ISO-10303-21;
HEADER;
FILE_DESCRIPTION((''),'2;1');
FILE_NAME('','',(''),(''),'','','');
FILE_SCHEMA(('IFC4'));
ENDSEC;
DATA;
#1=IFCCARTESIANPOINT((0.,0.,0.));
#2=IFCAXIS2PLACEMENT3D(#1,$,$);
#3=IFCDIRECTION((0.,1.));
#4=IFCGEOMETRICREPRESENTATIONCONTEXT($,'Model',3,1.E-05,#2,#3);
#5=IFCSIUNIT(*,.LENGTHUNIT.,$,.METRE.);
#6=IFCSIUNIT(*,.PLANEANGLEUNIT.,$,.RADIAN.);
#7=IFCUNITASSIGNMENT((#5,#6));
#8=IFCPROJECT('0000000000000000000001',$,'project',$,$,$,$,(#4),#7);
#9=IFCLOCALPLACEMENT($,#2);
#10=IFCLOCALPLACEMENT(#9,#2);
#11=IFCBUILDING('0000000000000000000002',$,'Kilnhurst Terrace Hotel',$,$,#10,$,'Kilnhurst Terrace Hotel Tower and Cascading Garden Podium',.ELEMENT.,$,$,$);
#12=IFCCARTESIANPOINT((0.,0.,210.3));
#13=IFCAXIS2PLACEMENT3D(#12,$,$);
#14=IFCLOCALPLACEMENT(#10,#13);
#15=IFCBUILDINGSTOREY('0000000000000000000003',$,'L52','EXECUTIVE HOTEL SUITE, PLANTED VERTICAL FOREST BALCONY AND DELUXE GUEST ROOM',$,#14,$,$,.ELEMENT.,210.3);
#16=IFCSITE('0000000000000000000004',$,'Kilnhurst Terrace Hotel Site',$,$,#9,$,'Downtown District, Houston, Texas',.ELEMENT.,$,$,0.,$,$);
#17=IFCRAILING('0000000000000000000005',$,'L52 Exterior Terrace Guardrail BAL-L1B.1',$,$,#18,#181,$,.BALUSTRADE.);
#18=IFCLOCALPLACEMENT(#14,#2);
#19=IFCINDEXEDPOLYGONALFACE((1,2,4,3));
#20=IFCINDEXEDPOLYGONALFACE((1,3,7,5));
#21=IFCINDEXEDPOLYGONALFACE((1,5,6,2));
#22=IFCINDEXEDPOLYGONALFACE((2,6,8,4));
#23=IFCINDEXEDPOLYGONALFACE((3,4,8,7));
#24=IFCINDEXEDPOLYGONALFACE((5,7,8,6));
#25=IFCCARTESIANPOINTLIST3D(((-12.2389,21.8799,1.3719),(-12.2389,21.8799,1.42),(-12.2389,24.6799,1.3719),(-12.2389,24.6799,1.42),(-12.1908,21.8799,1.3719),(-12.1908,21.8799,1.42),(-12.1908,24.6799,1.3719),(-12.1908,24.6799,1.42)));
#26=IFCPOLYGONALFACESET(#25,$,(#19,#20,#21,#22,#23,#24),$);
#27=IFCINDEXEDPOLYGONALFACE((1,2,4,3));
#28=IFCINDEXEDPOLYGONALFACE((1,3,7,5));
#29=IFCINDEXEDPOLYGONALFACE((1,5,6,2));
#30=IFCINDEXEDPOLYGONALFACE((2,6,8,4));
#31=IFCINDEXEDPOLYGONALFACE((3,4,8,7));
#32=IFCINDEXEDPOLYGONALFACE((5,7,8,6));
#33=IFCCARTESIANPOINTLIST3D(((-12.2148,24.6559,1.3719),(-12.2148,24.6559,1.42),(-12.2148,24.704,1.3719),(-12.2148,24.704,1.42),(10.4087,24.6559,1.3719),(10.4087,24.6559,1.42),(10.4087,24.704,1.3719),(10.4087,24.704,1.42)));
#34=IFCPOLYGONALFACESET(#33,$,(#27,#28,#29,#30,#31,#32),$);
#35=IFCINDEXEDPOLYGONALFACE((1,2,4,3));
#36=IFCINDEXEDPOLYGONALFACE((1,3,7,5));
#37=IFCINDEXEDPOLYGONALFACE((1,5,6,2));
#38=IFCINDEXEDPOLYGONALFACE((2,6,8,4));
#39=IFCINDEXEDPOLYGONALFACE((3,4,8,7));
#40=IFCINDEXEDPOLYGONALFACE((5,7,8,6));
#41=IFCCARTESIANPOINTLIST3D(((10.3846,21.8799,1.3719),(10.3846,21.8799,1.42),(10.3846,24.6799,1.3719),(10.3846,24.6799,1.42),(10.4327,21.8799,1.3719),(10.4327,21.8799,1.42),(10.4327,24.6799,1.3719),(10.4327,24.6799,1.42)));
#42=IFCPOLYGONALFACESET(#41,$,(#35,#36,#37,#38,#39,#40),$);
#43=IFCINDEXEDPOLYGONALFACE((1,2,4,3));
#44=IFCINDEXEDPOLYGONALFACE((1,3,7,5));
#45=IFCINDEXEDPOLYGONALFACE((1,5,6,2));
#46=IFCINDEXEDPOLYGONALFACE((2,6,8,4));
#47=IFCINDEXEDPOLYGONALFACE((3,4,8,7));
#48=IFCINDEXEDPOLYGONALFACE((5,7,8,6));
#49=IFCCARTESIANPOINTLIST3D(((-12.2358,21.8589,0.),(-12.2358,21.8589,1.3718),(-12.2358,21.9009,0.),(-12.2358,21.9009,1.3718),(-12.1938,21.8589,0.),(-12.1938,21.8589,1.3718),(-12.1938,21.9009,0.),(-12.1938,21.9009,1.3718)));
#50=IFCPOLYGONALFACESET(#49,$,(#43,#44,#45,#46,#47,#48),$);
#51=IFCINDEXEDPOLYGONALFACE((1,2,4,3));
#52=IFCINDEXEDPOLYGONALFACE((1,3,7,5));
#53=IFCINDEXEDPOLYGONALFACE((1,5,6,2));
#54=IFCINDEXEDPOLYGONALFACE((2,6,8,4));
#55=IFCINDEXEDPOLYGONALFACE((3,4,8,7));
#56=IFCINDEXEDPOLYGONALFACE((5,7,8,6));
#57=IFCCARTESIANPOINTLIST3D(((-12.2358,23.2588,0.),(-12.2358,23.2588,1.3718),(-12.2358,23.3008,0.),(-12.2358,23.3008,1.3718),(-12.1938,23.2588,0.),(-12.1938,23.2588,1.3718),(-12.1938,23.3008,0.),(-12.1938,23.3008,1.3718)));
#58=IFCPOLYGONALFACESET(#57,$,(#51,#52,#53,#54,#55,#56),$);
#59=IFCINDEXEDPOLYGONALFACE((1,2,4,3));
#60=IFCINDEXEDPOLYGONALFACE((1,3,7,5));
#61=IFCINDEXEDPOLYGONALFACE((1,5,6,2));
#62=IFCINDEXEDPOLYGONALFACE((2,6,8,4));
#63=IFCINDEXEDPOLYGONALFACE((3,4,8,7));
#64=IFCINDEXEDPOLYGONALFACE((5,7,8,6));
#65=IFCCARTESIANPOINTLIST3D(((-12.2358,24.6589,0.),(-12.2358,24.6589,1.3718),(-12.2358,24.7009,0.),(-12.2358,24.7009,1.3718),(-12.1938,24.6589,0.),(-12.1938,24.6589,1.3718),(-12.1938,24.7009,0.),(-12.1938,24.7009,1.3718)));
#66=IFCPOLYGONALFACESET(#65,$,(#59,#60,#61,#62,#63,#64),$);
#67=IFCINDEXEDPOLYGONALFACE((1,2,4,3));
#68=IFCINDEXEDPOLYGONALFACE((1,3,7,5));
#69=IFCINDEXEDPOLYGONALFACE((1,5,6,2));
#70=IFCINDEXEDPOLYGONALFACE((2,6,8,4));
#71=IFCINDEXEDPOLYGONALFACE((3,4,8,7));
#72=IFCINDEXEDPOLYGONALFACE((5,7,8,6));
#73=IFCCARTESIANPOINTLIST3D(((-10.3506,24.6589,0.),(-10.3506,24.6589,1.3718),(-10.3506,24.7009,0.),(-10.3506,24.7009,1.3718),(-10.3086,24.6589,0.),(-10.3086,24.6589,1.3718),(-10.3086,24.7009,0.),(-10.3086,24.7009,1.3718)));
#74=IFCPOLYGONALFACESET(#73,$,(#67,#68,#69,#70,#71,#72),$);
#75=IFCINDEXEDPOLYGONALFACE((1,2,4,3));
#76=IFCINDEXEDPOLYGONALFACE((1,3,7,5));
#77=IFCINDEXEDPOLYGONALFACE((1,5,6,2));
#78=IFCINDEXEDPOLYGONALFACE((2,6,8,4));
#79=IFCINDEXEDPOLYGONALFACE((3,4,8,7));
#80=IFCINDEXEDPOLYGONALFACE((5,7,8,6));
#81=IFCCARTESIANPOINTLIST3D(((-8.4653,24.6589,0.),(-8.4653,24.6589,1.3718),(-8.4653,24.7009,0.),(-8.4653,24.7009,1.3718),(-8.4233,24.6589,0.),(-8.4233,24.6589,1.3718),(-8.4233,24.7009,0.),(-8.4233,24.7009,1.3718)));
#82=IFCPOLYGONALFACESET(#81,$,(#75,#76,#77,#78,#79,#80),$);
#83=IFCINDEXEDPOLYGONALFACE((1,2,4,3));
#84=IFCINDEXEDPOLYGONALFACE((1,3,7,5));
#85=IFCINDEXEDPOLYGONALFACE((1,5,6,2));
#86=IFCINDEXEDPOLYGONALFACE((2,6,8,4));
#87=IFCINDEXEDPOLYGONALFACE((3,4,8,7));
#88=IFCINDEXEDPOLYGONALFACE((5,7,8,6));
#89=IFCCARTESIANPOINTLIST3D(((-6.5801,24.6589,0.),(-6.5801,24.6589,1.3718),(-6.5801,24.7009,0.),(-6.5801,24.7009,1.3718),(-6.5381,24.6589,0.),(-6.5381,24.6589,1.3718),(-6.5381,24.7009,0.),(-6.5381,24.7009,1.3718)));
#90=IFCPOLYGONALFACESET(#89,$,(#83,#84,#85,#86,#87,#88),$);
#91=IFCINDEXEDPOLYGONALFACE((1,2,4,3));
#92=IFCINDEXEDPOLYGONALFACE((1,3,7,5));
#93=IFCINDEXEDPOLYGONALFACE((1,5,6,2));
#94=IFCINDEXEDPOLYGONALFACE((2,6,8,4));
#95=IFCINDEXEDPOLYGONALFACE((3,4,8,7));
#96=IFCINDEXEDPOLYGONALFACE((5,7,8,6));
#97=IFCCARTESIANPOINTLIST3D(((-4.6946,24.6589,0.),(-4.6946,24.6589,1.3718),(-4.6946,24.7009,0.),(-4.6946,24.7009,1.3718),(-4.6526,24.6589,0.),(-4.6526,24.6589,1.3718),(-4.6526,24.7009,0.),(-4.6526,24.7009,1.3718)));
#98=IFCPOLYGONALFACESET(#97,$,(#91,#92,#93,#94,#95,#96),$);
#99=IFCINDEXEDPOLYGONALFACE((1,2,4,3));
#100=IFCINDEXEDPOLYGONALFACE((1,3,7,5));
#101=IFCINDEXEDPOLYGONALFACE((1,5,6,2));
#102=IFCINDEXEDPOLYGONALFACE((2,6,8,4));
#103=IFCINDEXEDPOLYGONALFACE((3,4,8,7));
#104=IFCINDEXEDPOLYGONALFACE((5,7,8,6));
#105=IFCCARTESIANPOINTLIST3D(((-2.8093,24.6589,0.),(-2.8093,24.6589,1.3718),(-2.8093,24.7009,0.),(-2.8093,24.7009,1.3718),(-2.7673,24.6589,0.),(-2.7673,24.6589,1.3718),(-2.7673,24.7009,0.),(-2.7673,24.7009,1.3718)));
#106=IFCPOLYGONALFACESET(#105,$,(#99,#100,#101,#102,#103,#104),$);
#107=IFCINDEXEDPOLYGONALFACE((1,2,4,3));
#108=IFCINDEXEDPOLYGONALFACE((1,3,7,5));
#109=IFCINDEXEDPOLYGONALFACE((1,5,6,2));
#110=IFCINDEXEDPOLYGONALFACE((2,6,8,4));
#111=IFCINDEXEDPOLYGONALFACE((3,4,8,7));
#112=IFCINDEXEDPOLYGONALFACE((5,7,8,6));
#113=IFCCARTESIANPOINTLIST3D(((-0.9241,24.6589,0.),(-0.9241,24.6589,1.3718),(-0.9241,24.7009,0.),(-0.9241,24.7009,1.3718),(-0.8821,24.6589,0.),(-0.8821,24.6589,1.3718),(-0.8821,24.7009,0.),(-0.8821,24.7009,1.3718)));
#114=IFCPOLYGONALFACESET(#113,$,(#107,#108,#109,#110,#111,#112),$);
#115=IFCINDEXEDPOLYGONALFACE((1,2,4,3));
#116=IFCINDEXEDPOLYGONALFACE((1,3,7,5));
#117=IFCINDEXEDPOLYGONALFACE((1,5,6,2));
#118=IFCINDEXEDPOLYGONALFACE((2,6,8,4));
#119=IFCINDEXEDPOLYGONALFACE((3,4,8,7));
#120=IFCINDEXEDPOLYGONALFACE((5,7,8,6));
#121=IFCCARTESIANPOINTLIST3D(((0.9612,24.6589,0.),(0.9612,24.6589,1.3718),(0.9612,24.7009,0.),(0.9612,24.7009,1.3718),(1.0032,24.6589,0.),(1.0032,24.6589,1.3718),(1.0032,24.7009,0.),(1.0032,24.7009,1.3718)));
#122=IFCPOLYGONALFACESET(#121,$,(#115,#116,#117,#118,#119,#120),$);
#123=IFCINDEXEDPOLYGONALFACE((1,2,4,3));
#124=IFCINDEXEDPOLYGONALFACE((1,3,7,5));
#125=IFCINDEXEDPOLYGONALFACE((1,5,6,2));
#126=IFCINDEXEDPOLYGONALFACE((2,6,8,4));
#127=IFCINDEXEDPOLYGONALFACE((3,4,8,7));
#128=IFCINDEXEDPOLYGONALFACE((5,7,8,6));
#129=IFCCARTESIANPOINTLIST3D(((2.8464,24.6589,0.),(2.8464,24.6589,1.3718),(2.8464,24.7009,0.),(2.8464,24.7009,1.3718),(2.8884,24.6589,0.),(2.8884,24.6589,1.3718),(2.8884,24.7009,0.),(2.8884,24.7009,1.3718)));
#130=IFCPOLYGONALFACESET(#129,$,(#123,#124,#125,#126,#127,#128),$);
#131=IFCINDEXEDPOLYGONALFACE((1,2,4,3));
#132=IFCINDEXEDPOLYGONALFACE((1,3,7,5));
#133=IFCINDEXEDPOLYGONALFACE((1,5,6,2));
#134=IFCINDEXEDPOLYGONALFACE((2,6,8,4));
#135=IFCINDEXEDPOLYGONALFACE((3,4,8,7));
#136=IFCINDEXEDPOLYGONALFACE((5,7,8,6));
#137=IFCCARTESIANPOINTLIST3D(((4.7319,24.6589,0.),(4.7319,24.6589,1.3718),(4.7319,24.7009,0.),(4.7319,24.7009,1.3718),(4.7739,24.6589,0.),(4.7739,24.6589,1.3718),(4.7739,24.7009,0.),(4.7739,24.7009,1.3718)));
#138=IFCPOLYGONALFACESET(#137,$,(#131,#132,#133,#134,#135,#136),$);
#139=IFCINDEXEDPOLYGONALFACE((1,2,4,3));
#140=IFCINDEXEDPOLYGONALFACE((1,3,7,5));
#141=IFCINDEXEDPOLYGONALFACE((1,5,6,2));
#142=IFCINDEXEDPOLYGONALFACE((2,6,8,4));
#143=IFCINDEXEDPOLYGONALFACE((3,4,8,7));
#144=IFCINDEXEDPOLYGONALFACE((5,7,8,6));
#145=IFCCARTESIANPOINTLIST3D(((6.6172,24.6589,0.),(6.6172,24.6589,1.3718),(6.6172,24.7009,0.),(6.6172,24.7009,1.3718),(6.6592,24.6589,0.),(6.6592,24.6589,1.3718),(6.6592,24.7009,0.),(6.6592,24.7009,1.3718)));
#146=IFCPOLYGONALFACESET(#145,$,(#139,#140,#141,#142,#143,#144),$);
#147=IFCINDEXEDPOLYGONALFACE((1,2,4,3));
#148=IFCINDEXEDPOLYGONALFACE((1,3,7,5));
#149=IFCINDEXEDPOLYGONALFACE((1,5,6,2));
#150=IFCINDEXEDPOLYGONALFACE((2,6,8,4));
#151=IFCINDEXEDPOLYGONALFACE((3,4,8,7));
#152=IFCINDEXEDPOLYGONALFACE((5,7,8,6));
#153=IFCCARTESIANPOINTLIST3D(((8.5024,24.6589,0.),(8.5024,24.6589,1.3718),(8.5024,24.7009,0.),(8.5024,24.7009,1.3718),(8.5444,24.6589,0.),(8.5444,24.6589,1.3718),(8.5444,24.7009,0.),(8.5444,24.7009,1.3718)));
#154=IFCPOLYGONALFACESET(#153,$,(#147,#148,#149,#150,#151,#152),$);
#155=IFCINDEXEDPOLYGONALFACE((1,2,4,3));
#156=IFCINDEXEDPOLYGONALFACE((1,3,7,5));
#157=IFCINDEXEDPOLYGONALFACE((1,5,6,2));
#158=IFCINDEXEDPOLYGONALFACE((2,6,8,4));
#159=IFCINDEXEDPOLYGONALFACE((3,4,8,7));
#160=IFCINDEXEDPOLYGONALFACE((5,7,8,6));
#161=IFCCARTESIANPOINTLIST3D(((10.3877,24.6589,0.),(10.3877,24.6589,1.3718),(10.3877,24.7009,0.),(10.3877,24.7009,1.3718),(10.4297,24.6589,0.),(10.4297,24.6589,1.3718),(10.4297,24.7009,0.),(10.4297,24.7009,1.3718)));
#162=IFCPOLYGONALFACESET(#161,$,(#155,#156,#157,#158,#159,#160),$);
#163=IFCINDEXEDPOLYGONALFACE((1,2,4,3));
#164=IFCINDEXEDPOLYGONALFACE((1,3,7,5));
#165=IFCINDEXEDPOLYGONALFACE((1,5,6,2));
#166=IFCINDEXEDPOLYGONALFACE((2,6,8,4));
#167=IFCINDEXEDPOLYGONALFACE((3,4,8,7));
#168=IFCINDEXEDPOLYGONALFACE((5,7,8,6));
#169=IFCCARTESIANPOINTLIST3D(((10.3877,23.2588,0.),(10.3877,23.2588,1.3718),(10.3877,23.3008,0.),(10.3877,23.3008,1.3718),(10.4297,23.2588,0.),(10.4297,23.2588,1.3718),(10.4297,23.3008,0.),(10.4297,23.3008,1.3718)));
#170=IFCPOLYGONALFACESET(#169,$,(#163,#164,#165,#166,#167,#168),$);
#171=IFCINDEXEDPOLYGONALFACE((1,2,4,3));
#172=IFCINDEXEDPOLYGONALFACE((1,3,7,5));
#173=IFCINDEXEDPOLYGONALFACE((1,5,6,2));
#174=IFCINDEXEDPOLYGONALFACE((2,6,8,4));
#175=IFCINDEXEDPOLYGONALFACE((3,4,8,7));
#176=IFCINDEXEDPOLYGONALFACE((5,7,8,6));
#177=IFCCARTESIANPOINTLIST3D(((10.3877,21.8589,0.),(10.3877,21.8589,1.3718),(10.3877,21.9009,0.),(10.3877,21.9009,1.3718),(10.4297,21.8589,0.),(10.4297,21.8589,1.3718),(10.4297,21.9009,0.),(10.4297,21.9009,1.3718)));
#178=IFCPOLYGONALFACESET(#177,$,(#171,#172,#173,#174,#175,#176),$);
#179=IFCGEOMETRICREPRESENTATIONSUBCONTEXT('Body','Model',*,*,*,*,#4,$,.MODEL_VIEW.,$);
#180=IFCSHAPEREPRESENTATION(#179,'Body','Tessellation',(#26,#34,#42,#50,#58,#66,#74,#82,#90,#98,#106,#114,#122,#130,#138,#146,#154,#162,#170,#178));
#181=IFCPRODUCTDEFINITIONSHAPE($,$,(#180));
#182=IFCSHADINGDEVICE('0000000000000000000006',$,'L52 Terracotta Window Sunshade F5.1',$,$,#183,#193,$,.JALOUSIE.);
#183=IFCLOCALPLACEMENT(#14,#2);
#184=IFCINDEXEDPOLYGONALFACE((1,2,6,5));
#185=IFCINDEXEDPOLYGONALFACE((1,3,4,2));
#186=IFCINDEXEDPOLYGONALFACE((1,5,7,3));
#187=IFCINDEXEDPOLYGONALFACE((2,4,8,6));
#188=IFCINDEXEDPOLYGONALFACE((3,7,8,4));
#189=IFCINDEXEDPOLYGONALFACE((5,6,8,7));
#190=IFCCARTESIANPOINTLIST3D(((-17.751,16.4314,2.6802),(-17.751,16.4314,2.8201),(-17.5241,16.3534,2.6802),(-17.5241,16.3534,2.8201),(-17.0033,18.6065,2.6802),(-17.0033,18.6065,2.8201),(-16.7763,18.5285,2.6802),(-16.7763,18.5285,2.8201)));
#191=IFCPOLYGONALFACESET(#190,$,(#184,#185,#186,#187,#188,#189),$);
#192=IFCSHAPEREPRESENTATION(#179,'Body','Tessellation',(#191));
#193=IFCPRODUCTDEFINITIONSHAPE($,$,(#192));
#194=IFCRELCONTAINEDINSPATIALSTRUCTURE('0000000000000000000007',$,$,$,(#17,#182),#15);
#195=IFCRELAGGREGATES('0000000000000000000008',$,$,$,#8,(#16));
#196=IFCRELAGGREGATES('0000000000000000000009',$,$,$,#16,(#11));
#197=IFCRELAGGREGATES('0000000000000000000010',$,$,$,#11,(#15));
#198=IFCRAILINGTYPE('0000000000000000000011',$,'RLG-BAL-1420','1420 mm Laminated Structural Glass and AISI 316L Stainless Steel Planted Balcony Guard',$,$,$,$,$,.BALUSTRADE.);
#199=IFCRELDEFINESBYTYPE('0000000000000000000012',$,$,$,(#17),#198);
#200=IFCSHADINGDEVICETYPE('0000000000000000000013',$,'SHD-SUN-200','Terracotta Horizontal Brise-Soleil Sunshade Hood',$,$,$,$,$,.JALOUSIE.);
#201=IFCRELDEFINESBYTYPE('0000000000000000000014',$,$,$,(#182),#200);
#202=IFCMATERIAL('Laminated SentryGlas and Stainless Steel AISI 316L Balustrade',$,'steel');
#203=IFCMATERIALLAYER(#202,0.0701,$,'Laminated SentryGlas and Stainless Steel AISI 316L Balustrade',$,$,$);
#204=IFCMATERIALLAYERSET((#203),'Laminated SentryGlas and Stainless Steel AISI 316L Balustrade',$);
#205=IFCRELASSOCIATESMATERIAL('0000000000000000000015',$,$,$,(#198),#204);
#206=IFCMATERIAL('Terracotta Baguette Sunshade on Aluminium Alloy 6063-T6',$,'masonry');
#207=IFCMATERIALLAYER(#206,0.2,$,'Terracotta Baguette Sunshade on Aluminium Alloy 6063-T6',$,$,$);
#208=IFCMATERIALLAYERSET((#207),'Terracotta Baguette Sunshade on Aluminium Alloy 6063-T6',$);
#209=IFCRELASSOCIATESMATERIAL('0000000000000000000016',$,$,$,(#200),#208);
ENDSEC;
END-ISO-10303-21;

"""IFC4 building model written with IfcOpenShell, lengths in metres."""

from ifc_helpers import new_model, si_unit, direction, frame, origin, origin_2d, place, context, subcontext, project, spatial, rectangle, extrude, material, layer, layer_set, type_object, element, save


model = new_model("IFC4")

# Units and contexts
model_context = context("Model", 3, precision=1e-05, world=origin(), true_north=direction((0.0, 1.0)))
body_context = subcontext(model_context, "Body", "Model", "MODEL_VIEW")
ifc_project = project(units=[si_unit("LENGTHUNIT", "METRE"), si_unit("PLANEANGLEUNIT", "RADIAN")], contexts=[model_context])

# Site, building, storey
site_placement = place(None, origin())
site = spatial("IfcSite", under=ifc_project, at=site_placement, Name="Kilnhurst Terrace Hotel Site", LongName="Downtown District, Houston, Texas", CompositionType="ELEMENT", RefElevation=0.0)
building_placement = place(site_placement, origin())
building = spatial("IfcBuilding", under=site, at=building_placement, Name="Kilnhurst Terrace Hotel", LongName="Kilnhurst Terrace Hotel Tower and Cascading Garden Podium", CompositionType="ELEMENT")
storey_placement = place(building_placement, frame((0.0, 0.0, 210.3)))
storey = spatial("IfcBuildingStorey", under=building, at=storey_placement, Name="L52", Description="EXECUTIVE HOTEL SUITE, PLANTED VERTICAL FOREST BALCONY AND DELUXE GUEST ROOM", CompositionType="ELEMENT", Elevation=210.3)

# Railing
ifc_material_1 = material(Name="Laminated SentryGlas and Stainless Steel AISI 316L Balustrade", Category="steel")
ifc_layer_1 = layer(ifc_material_1, 0.0701, Name="Laminated SentryGlas and Stainless Steel AISI 316L Balustrade")
ifc_layer_set_1 = layer_set([ifc_layer_1], Name="Laminated SentryGlas and Stainless Steel AISI 316L Balustrade")
railing_type = type_object("IfcRailingType", Name="RLG-BAL-1420", Description="1420 mm Laminated Structural Glass and AISI 316L Stainless Steel Planted Balcony Guard", PredefinedType="BALUSTRADE", material=ifc_layer_set_1)
railing_placement = place(storey_placement, frame((-12.2148, 21.8799, 0.0)))
element("IfcRailing", 1, at=railing_placement, inside=storey, type_object=railing_type, Name="L52 Exterior Terrace Guardrail BAL-L1B.1", PredefinedType="BALUSTRADE", context=body_context, shape_type="SweptSolid", body=[
    extrude(rectangle(XDim=0.0481, YDim=0.0481, at=origin_2d()), frame((0.0, 0.0, 1.396), z_axis=(0.0, 1.0, 0.0), x_axis=(-1.0, 0.0, 0.0)), (0.0, 0.0, 1.0), 2.8),
    extrude(rectangle(XDim=0.0481, YDim=0.0481, at=origin_2d()), frame((0.0, 2.8, 1.396), z_axis=(1.0, 0.0, 0.0), x_axis=(0.0, 1.0, 0.0)), (0.0, 0.0, 1.0), 22.6235),
    extrude(rectangle(XDim=0.0481, YDim=0.0481, at=origin_2d()), frame((22.6235, 2.8, 1.396), z_axis=(0.0, -1.0, 0.0), x_axis=(1.0, 0.0, 0.0)), (0.0, 0.0, 1.0), 2.8),
    extrude(rectangle(XDim=0.042, YDim=0.042, at=origin_2d()), origin(), (0.0, 0.0, 1.0), 1.3718),
    extrude(rectangle(XDim=0.042, YDim=0.042, at=origin_2d()), frame((0.0, 1.3999, 0.0)), (0.0, 0.0, 1.0), 1.3718),
    extrude(rectangle(XDim=0.042, YDim=0.042, at=origin_2d()), frame((0.0, 2.8, 0.0)), (0.0, 0.0, 1.0), 1.3718),
    extrude(rectangle(XDim=0.042, YDim=0.042, at=origin_2d()), frame((1.8853, 2.8, 0.0)), (0.0, 0.0, 1.0), 1.3718),
    extrude(rectangle(XDim=0.042, YDim=0.042, at=origin_2d()), frame((3.7705, 2.8, 0.0)), (0.0, 0.0, 1.0), 1.3718),
    extrude(rectangle(XDim=0.042, YDim=0.042, at=origin_2d()), frame((5.6558, 2.8, 0.0)), (0.0, 0.0, 1.0), 1.3718),
    extrude(rectangle(XDim=0.042, YDim=0.042, at=origin_2d()), frame((7.5413, 2.8, 0.0)), (0.0, 0.0, 1.0), 1.3718),
    extrude(rectangle(XDim=0.042, YDim=0.042, at=origin_2d()), frame((9.4265, 2.8, 0.0)), (0.0, 0.0, 1.0), 1.3718),
    extrude(rectangle(XDim=0.042, YDim=0.042, at=origin_2d()), frame((11.3118, 2.8, 0.0)), (0.0, 0.0, 1.0), 1.3718),
    extrude(rectangle(XDim=0.042, YDim=0.042, at=origin_2d()), frame((13.197, 2.8, 0.0)), (0.0, 0.0, 1.0), 1.3718),
    extrude(rectangle(XDim=0.042, YDim=0.042, at=origin_2d()), frame((15.0823, 2.8, 0.0)), (0.0, 0.0, 1.0), 1.3718),
    extrude(rectangle(XDim=0.042, YDim=0.042, at=origin_2d()), frame((16.9678, 2.8, 0.0)), (0.0, 0.0, 1.0), 1.3718),
    extrude(rectangle(XDim=0.042, YDim=0.042, at=origin_2d()), frame((18.853, 2.8, 0.0)), (0.0, 0.0, 1.0), 1.3718),
    extrude(rectangle(XDim=0.042, YDim=0.042, at=origin_2d()), frame((20.7383, 2.8, 0.0)), (0.0, 0.0, 1.0), 1.3718),
    extrude(rectangle(XDim=0.042, YDim=0.042, at=origin_2d()), frame((22.6235, 2.8, 0.0)), (0.0, 0.0, 1.0), 1.3718),
    extrude(rectangle(XDim=0.042, YDim=0.042, at=origin_2d()), frame((22.6235, 1.3999, 0.0)), (0.0, 0.0, 1.0), 1.3718),
    extrude(rectangle(XDim=0.042, YDim=0.042, at=origin_2d()), frame((22.6235, 0.0, 0.0)), (0.0, 0.0, 1.0), 1.3718),
])

# Shading device
ifc_material_2 = material(Name="Terracotta Baguette Sunshade on Aluminium Alloy 6063-T6", Category="masonry")
ifc_layer_2 = layer(ifc_material_2, 0.2, Name="Terracotta Baguette Sunshade on Aluminium Alloy 6063-T6")
ifc_layer_set_2 = layer_set([ifc_layer_2], Name="Terracotta Baguette Sunshade on Aluminium Alloy 6063-T6")
shading_device_type = type_object("IfcShadingDeviceType", Name="SHD-SUN-200", Description="Terracotta Horizontal Brise-Soleil Sunshade Hood", PredefinedType="JALOUSIE", material=ifc_layer_set_2)
shading_device_placement = place(storey_placement, frame((-17.2637, 17.48, 2.6802), z_axis=(0.0, 0.0, 1.0), x_axis=(-0.32509, -0.945683, 0.0)))
element("IfcShadingDevice", 2, at=shading_device_placement, inside=storey, type_object=shading_device_type, Name="L52 Terracotta Window Sunshade F5.1", PredefinedType="JALOUSIE", context=body_context, shape_type="SweptSolid", body=[
    extrude(rectangle(XDim=2.3, YDim=0.24, at=origin_2d()), origin(), (0.0, 0.0, 1.0), 0.1399),
])

save(model, "model.ifc")
